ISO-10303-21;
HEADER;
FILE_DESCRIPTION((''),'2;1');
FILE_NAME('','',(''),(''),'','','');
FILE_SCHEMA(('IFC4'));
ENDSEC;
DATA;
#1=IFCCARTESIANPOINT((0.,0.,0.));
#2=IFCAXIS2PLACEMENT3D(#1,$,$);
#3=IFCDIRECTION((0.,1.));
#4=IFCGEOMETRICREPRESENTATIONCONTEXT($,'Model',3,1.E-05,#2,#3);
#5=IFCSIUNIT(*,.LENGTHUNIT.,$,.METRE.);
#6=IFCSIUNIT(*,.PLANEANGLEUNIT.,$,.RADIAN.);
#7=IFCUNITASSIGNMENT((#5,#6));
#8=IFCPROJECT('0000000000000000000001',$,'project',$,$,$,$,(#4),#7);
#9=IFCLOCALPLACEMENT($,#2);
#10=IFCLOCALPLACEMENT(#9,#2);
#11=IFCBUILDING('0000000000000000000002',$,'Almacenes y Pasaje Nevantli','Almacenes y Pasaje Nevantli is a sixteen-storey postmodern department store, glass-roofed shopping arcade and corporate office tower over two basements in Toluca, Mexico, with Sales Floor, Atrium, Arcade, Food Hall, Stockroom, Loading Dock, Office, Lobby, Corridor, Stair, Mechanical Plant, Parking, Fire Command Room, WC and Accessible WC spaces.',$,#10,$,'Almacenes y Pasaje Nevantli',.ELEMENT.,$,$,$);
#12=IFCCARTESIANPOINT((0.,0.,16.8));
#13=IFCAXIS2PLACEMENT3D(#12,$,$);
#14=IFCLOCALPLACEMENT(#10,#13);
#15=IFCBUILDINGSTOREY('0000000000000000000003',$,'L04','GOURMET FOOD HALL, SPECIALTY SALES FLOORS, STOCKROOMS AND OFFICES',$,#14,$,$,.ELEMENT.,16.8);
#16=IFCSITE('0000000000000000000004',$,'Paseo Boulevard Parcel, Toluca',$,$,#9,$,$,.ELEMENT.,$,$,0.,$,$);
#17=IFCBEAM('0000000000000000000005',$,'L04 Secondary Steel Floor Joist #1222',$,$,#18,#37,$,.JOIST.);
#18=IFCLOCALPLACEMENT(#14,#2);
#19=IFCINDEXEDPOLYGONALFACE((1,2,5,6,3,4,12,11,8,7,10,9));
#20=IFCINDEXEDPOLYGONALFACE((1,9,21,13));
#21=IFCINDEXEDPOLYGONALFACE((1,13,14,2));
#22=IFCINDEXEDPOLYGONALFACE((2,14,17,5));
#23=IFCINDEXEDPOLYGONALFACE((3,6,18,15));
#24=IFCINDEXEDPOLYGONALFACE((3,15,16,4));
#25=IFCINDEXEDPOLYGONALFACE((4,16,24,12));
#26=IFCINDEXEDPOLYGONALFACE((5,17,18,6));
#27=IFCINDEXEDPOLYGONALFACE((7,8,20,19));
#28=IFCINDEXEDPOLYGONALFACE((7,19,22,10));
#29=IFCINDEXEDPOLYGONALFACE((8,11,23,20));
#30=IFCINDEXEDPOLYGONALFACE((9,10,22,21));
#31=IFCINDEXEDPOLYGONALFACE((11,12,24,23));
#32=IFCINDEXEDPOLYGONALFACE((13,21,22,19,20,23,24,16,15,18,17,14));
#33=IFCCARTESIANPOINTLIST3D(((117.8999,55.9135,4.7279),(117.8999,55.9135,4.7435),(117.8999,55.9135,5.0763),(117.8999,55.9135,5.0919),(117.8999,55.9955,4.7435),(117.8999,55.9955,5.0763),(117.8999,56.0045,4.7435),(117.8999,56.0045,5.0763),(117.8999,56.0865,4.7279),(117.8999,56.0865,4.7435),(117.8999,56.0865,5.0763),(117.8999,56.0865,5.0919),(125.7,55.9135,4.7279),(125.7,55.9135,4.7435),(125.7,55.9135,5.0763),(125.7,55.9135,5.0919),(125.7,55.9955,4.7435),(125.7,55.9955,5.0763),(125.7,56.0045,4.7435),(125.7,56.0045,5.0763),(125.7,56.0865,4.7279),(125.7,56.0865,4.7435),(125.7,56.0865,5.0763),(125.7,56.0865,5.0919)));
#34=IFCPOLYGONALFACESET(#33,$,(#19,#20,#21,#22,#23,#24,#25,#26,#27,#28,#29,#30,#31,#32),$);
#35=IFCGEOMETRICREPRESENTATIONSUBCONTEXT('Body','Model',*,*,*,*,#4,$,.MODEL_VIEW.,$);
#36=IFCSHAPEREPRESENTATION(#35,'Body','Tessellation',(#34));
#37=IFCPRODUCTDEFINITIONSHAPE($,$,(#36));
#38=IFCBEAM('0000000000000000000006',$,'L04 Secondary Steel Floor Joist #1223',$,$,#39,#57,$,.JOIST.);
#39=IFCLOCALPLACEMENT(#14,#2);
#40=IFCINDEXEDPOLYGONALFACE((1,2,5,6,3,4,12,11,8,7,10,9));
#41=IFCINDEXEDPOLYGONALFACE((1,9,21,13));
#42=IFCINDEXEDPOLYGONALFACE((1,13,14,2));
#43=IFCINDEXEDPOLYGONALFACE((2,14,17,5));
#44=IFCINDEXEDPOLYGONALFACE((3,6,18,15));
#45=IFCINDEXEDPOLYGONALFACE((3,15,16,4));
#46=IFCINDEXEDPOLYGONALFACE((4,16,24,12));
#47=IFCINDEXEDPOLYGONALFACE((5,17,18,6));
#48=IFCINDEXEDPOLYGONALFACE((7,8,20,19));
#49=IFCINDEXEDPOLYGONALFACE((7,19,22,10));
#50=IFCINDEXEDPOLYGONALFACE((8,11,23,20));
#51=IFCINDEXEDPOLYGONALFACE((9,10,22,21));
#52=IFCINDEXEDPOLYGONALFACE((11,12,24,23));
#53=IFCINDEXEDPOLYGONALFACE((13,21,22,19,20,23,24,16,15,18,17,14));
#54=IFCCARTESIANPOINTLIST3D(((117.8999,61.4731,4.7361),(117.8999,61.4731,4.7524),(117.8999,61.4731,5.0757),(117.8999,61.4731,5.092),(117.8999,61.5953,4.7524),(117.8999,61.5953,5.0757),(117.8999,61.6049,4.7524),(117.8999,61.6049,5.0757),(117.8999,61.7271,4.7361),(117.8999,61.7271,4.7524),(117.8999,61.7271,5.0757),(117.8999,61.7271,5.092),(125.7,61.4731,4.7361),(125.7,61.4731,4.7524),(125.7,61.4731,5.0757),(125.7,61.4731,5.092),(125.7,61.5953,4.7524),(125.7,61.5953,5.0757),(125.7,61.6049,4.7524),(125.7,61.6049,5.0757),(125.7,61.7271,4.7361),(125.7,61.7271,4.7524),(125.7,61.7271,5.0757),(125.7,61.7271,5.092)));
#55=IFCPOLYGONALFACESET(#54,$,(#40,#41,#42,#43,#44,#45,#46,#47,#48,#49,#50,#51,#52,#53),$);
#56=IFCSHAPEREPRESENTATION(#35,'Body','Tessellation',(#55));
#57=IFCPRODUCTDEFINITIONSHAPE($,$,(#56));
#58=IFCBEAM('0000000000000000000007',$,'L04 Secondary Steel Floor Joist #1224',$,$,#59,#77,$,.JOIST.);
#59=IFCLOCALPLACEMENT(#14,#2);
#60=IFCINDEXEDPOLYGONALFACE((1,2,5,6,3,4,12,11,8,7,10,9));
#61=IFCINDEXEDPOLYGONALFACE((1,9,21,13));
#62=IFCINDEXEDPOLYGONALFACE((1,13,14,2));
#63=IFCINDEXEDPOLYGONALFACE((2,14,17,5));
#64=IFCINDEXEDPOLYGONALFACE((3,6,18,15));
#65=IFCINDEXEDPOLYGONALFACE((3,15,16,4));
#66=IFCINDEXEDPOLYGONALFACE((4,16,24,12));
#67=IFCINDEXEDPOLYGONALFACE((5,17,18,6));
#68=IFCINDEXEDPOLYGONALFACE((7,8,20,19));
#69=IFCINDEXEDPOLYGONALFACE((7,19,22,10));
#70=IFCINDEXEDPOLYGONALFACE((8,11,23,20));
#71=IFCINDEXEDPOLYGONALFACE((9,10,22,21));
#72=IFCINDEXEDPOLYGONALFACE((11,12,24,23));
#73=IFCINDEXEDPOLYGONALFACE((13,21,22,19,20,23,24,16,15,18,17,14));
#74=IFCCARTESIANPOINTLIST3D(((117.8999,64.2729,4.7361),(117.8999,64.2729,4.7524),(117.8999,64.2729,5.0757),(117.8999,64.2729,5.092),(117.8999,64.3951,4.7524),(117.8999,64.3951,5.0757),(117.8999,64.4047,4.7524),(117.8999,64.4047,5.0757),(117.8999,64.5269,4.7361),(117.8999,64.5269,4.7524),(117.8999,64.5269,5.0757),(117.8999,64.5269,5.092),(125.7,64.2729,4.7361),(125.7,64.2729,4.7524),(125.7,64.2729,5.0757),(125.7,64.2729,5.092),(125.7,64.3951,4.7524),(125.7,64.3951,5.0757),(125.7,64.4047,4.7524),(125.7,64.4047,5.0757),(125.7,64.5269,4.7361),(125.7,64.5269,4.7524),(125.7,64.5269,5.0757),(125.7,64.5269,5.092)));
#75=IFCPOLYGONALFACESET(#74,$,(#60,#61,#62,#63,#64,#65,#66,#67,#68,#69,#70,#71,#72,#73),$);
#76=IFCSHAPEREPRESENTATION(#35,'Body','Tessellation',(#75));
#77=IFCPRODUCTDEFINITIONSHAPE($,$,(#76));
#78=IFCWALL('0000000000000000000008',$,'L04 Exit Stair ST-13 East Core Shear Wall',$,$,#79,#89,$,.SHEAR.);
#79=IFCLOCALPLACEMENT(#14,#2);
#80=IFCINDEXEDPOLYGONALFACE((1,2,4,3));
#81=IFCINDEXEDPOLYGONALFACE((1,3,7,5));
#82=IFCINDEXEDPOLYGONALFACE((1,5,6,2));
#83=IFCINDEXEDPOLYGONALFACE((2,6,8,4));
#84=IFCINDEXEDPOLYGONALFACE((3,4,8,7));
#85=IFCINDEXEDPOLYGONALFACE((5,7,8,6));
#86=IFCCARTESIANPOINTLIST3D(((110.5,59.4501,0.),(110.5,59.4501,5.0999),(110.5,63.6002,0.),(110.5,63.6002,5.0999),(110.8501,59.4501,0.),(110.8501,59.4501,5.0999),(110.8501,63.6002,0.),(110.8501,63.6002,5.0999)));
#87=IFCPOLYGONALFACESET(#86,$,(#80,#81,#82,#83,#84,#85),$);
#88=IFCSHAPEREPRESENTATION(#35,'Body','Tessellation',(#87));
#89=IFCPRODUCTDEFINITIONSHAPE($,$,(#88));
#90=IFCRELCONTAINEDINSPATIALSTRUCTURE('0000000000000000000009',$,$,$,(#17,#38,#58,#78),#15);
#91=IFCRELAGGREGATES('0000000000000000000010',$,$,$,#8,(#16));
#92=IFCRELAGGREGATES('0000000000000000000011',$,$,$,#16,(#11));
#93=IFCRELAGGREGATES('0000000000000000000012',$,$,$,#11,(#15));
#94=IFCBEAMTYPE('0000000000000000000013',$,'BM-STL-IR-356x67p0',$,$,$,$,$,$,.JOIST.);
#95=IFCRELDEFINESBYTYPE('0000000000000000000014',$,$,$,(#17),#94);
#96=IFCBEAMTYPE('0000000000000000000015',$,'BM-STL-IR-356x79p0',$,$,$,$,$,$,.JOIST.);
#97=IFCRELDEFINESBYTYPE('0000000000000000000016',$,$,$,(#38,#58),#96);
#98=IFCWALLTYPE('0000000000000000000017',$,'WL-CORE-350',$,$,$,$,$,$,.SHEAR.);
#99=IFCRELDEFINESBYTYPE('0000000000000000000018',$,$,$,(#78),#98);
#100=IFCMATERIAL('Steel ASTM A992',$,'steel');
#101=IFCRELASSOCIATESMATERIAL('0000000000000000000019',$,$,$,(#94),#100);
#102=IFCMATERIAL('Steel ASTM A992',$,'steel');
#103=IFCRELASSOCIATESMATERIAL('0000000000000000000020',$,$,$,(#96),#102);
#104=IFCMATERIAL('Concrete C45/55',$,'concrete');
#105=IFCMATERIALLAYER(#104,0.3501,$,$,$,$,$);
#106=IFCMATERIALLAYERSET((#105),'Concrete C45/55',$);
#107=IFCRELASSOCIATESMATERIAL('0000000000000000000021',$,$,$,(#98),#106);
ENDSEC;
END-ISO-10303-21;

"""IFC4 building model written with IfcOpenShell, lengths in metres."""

from ifc_helpers import new_model, si_unit, direction, frame, frame_2d, origin, origin_2d, place, context, subcontext, project, spatial, rectangle, i_section, extrude, material, layer, layer_set, material_profile, profile_set, type_object, element, save


model = new_model("IFC4")

# Units and contexts
model_context = context("Model", 3, precision=1e-05, world=origin(), true_north=direction((0.0, 1.0)))
body_context = subcontext(model_context, "Body", "Model", "MODEL_VIEW")
ifc_project = project(units=[si_unit("LENGTHUNIT", "METRE"), si_unit("PLANEANGLEUNIT", "RADIAN")], contexts=[model_context])

# Site, building, storey
site_placement = place(None, origin())
site = spatial("IfcSite", under=ifc_project, at=site_placement, Name="Paseo Boulevard Parcel, Toluca", CompositionType="ELEMENT", RefElevation=0.0)
building_placement = place(site_placement, origin())
building = spatial("IfcBuilding", under=site, at=building_placement, Name="Almacenes y Pasaje Nevantli", Description="Almacenes y Pasaje Nevantli is a sixteen-storey postmodern department store, glass-roofed shopping arcade and corporate office tower over two basements in Toluca, Mexico, with Sales Floor, Atrium, Arcade, Food Hall, Stockroom, Loading Dock, Office, Lobby, Corridor, Stair, Mechanical Plant, Parking, Fire Command Room, WC and Accessible WC spaces.", LongName="Almacenes y Pasaje Nevantli", CompositionType="ELEMENT")
storey_placement = place(building_placement, frame((0.0, 0.0, 16.8)))
storey = spatial("IfcBuildingStorey", under=building, at=storey_placement, Name="L04", Description="GOURMET FOOD HALL, SPECIALTY SALES FLOORS, STOCKROOMS AND OFFICES", CompositionType="ELEMENT", Elevation=16.8)

# Beams
ifc_material_1 = material(Name="Steel ASTM A992", Category="steel")
ifc_material_profile_1 = material_profile(ifc_material_1, i_section(OverallWidth=0.1731, OverallDepth=0.364, WebThickness=0.009, FlangeThickness=0.0156, at=origin_2d()), Name="IR 356x67.0")
ifc_profile_set_1 = profile_set([ifc_material_profile_1], Name="Steel ASTM A992")
beam_type_1 = type_object("IfcBeamType", Name="BM-STL-IR-356x67p0", PredefinedType="JOIST", material=ifc_profile_set_1)
for number, where, z_axis, x_axis, name in (
    (1, (117.8999, 56.0, 4.9099), (1.0, 0.0, 0.0), (0.0, 1.0, 0.0), "L04 Secondary Steel Floor Joist #1222"),
):
    element("IfcBeam", number, at=place(storey_placement, frame(where, z_axis=z_axis, x_axis=x_axis)), inside=storey, type_object=beam_type_1, Name=name, PredefinedType="JOIST", context=body_context, shape_type="SweptSolid", body=[
        extrude(i_section(OverallWidth=0.1731, OverallDepth=0.364, WebThickness=0.009, FlangeThickness=0.0156, at=origin_2d()), origin(), (0.0, 0.0, 1.0), 7.8),
    ])
ifc_material_2 = material(Name="Steel ASTM A992", Category="steel")
ifc_material_profile_2 = material_profile(ifc_material_2, i_section(OverallWidth=0.2539, OverallDepth=0.356, WebThickness=0.0095, FlangeThickness=0.0164, at=origin_2d()), Name="IR 356x79.0")
ifc_profile_set_2 = profile_set([ifc_material_profile_2], Name="Steel ASTM A992")
beam_type_2 = type_object("IfcBeamType", Name="BM-STL-IR-356x79p0", PredefinedType="JOIST", material=ifc_profile_set_2)
for number, where, z_axis, x_axis, name in (
    (2, (117.8999, 61.6001, 4.9141), (1.0, 0.0, 0.0), (0.0, 1.0, 0.0), "L04 Secondary Steel Floor Joist #1223"),
    (3, (117.8999, 64.3999, 4.9141), (1.0, 0.0, 0.0), (0.0, 1.0, 0.0), "L04 Secondary Steel Floor Joist #1224"),
):
    element("IfcBeam", number, at=place(storey_placement, frame(where, z_axis=z_axis, x_axis=x_axis)), inside=storey, type_object=beam_type_2, Name=name, PredefinedType="JOIST", context=body_context, shape_type="SweptSolid", body=[
        extrude(i_section(OverallWidth=0.2539, OverallDepth=0.356, WebThickness=0.0095, FlangeThickness=0.0164, at=origin_2d()), origin(), (0.0, 0.0, 1.0), 7.8),
    ])

# Wall
ifc_material_3 = material(Name="Concrete C45/55", Category="concrete")
ifc_layer = layer(ifc_material_3, 0.3501)
ifc_layer_set = layer_set([ifc_layer], Name="Concrete C45/55")
wall_type = type_object("IfcWallType", Name="WL-CORE-350", PredefinedType="SHEAR", material=ifc_layer_set)
wall_placement = place(storey_placement, frame((110.675, 59.45, 0.0), z_axis=(0.0, 0.0, 1.0), x_axis=(0.0, 1.0, 0.0)))
element("IfcWall", 4, at=wall_placement, inside=storey, type_object=wall_type, Name="L04 Exit Stair ST-13 East Core Shear Wall", PredefinedType="SHEAR", context=body_context, shape_type="SweptSolid", body=[
    extrude(rectangle(XDim=4.1501, YDim=0.3501, at=frame_2d((2.0752, 0.0))), origin(), (0.0, 0.0, 1.0), 5.0999),
])

save(model, "model.ifc")
